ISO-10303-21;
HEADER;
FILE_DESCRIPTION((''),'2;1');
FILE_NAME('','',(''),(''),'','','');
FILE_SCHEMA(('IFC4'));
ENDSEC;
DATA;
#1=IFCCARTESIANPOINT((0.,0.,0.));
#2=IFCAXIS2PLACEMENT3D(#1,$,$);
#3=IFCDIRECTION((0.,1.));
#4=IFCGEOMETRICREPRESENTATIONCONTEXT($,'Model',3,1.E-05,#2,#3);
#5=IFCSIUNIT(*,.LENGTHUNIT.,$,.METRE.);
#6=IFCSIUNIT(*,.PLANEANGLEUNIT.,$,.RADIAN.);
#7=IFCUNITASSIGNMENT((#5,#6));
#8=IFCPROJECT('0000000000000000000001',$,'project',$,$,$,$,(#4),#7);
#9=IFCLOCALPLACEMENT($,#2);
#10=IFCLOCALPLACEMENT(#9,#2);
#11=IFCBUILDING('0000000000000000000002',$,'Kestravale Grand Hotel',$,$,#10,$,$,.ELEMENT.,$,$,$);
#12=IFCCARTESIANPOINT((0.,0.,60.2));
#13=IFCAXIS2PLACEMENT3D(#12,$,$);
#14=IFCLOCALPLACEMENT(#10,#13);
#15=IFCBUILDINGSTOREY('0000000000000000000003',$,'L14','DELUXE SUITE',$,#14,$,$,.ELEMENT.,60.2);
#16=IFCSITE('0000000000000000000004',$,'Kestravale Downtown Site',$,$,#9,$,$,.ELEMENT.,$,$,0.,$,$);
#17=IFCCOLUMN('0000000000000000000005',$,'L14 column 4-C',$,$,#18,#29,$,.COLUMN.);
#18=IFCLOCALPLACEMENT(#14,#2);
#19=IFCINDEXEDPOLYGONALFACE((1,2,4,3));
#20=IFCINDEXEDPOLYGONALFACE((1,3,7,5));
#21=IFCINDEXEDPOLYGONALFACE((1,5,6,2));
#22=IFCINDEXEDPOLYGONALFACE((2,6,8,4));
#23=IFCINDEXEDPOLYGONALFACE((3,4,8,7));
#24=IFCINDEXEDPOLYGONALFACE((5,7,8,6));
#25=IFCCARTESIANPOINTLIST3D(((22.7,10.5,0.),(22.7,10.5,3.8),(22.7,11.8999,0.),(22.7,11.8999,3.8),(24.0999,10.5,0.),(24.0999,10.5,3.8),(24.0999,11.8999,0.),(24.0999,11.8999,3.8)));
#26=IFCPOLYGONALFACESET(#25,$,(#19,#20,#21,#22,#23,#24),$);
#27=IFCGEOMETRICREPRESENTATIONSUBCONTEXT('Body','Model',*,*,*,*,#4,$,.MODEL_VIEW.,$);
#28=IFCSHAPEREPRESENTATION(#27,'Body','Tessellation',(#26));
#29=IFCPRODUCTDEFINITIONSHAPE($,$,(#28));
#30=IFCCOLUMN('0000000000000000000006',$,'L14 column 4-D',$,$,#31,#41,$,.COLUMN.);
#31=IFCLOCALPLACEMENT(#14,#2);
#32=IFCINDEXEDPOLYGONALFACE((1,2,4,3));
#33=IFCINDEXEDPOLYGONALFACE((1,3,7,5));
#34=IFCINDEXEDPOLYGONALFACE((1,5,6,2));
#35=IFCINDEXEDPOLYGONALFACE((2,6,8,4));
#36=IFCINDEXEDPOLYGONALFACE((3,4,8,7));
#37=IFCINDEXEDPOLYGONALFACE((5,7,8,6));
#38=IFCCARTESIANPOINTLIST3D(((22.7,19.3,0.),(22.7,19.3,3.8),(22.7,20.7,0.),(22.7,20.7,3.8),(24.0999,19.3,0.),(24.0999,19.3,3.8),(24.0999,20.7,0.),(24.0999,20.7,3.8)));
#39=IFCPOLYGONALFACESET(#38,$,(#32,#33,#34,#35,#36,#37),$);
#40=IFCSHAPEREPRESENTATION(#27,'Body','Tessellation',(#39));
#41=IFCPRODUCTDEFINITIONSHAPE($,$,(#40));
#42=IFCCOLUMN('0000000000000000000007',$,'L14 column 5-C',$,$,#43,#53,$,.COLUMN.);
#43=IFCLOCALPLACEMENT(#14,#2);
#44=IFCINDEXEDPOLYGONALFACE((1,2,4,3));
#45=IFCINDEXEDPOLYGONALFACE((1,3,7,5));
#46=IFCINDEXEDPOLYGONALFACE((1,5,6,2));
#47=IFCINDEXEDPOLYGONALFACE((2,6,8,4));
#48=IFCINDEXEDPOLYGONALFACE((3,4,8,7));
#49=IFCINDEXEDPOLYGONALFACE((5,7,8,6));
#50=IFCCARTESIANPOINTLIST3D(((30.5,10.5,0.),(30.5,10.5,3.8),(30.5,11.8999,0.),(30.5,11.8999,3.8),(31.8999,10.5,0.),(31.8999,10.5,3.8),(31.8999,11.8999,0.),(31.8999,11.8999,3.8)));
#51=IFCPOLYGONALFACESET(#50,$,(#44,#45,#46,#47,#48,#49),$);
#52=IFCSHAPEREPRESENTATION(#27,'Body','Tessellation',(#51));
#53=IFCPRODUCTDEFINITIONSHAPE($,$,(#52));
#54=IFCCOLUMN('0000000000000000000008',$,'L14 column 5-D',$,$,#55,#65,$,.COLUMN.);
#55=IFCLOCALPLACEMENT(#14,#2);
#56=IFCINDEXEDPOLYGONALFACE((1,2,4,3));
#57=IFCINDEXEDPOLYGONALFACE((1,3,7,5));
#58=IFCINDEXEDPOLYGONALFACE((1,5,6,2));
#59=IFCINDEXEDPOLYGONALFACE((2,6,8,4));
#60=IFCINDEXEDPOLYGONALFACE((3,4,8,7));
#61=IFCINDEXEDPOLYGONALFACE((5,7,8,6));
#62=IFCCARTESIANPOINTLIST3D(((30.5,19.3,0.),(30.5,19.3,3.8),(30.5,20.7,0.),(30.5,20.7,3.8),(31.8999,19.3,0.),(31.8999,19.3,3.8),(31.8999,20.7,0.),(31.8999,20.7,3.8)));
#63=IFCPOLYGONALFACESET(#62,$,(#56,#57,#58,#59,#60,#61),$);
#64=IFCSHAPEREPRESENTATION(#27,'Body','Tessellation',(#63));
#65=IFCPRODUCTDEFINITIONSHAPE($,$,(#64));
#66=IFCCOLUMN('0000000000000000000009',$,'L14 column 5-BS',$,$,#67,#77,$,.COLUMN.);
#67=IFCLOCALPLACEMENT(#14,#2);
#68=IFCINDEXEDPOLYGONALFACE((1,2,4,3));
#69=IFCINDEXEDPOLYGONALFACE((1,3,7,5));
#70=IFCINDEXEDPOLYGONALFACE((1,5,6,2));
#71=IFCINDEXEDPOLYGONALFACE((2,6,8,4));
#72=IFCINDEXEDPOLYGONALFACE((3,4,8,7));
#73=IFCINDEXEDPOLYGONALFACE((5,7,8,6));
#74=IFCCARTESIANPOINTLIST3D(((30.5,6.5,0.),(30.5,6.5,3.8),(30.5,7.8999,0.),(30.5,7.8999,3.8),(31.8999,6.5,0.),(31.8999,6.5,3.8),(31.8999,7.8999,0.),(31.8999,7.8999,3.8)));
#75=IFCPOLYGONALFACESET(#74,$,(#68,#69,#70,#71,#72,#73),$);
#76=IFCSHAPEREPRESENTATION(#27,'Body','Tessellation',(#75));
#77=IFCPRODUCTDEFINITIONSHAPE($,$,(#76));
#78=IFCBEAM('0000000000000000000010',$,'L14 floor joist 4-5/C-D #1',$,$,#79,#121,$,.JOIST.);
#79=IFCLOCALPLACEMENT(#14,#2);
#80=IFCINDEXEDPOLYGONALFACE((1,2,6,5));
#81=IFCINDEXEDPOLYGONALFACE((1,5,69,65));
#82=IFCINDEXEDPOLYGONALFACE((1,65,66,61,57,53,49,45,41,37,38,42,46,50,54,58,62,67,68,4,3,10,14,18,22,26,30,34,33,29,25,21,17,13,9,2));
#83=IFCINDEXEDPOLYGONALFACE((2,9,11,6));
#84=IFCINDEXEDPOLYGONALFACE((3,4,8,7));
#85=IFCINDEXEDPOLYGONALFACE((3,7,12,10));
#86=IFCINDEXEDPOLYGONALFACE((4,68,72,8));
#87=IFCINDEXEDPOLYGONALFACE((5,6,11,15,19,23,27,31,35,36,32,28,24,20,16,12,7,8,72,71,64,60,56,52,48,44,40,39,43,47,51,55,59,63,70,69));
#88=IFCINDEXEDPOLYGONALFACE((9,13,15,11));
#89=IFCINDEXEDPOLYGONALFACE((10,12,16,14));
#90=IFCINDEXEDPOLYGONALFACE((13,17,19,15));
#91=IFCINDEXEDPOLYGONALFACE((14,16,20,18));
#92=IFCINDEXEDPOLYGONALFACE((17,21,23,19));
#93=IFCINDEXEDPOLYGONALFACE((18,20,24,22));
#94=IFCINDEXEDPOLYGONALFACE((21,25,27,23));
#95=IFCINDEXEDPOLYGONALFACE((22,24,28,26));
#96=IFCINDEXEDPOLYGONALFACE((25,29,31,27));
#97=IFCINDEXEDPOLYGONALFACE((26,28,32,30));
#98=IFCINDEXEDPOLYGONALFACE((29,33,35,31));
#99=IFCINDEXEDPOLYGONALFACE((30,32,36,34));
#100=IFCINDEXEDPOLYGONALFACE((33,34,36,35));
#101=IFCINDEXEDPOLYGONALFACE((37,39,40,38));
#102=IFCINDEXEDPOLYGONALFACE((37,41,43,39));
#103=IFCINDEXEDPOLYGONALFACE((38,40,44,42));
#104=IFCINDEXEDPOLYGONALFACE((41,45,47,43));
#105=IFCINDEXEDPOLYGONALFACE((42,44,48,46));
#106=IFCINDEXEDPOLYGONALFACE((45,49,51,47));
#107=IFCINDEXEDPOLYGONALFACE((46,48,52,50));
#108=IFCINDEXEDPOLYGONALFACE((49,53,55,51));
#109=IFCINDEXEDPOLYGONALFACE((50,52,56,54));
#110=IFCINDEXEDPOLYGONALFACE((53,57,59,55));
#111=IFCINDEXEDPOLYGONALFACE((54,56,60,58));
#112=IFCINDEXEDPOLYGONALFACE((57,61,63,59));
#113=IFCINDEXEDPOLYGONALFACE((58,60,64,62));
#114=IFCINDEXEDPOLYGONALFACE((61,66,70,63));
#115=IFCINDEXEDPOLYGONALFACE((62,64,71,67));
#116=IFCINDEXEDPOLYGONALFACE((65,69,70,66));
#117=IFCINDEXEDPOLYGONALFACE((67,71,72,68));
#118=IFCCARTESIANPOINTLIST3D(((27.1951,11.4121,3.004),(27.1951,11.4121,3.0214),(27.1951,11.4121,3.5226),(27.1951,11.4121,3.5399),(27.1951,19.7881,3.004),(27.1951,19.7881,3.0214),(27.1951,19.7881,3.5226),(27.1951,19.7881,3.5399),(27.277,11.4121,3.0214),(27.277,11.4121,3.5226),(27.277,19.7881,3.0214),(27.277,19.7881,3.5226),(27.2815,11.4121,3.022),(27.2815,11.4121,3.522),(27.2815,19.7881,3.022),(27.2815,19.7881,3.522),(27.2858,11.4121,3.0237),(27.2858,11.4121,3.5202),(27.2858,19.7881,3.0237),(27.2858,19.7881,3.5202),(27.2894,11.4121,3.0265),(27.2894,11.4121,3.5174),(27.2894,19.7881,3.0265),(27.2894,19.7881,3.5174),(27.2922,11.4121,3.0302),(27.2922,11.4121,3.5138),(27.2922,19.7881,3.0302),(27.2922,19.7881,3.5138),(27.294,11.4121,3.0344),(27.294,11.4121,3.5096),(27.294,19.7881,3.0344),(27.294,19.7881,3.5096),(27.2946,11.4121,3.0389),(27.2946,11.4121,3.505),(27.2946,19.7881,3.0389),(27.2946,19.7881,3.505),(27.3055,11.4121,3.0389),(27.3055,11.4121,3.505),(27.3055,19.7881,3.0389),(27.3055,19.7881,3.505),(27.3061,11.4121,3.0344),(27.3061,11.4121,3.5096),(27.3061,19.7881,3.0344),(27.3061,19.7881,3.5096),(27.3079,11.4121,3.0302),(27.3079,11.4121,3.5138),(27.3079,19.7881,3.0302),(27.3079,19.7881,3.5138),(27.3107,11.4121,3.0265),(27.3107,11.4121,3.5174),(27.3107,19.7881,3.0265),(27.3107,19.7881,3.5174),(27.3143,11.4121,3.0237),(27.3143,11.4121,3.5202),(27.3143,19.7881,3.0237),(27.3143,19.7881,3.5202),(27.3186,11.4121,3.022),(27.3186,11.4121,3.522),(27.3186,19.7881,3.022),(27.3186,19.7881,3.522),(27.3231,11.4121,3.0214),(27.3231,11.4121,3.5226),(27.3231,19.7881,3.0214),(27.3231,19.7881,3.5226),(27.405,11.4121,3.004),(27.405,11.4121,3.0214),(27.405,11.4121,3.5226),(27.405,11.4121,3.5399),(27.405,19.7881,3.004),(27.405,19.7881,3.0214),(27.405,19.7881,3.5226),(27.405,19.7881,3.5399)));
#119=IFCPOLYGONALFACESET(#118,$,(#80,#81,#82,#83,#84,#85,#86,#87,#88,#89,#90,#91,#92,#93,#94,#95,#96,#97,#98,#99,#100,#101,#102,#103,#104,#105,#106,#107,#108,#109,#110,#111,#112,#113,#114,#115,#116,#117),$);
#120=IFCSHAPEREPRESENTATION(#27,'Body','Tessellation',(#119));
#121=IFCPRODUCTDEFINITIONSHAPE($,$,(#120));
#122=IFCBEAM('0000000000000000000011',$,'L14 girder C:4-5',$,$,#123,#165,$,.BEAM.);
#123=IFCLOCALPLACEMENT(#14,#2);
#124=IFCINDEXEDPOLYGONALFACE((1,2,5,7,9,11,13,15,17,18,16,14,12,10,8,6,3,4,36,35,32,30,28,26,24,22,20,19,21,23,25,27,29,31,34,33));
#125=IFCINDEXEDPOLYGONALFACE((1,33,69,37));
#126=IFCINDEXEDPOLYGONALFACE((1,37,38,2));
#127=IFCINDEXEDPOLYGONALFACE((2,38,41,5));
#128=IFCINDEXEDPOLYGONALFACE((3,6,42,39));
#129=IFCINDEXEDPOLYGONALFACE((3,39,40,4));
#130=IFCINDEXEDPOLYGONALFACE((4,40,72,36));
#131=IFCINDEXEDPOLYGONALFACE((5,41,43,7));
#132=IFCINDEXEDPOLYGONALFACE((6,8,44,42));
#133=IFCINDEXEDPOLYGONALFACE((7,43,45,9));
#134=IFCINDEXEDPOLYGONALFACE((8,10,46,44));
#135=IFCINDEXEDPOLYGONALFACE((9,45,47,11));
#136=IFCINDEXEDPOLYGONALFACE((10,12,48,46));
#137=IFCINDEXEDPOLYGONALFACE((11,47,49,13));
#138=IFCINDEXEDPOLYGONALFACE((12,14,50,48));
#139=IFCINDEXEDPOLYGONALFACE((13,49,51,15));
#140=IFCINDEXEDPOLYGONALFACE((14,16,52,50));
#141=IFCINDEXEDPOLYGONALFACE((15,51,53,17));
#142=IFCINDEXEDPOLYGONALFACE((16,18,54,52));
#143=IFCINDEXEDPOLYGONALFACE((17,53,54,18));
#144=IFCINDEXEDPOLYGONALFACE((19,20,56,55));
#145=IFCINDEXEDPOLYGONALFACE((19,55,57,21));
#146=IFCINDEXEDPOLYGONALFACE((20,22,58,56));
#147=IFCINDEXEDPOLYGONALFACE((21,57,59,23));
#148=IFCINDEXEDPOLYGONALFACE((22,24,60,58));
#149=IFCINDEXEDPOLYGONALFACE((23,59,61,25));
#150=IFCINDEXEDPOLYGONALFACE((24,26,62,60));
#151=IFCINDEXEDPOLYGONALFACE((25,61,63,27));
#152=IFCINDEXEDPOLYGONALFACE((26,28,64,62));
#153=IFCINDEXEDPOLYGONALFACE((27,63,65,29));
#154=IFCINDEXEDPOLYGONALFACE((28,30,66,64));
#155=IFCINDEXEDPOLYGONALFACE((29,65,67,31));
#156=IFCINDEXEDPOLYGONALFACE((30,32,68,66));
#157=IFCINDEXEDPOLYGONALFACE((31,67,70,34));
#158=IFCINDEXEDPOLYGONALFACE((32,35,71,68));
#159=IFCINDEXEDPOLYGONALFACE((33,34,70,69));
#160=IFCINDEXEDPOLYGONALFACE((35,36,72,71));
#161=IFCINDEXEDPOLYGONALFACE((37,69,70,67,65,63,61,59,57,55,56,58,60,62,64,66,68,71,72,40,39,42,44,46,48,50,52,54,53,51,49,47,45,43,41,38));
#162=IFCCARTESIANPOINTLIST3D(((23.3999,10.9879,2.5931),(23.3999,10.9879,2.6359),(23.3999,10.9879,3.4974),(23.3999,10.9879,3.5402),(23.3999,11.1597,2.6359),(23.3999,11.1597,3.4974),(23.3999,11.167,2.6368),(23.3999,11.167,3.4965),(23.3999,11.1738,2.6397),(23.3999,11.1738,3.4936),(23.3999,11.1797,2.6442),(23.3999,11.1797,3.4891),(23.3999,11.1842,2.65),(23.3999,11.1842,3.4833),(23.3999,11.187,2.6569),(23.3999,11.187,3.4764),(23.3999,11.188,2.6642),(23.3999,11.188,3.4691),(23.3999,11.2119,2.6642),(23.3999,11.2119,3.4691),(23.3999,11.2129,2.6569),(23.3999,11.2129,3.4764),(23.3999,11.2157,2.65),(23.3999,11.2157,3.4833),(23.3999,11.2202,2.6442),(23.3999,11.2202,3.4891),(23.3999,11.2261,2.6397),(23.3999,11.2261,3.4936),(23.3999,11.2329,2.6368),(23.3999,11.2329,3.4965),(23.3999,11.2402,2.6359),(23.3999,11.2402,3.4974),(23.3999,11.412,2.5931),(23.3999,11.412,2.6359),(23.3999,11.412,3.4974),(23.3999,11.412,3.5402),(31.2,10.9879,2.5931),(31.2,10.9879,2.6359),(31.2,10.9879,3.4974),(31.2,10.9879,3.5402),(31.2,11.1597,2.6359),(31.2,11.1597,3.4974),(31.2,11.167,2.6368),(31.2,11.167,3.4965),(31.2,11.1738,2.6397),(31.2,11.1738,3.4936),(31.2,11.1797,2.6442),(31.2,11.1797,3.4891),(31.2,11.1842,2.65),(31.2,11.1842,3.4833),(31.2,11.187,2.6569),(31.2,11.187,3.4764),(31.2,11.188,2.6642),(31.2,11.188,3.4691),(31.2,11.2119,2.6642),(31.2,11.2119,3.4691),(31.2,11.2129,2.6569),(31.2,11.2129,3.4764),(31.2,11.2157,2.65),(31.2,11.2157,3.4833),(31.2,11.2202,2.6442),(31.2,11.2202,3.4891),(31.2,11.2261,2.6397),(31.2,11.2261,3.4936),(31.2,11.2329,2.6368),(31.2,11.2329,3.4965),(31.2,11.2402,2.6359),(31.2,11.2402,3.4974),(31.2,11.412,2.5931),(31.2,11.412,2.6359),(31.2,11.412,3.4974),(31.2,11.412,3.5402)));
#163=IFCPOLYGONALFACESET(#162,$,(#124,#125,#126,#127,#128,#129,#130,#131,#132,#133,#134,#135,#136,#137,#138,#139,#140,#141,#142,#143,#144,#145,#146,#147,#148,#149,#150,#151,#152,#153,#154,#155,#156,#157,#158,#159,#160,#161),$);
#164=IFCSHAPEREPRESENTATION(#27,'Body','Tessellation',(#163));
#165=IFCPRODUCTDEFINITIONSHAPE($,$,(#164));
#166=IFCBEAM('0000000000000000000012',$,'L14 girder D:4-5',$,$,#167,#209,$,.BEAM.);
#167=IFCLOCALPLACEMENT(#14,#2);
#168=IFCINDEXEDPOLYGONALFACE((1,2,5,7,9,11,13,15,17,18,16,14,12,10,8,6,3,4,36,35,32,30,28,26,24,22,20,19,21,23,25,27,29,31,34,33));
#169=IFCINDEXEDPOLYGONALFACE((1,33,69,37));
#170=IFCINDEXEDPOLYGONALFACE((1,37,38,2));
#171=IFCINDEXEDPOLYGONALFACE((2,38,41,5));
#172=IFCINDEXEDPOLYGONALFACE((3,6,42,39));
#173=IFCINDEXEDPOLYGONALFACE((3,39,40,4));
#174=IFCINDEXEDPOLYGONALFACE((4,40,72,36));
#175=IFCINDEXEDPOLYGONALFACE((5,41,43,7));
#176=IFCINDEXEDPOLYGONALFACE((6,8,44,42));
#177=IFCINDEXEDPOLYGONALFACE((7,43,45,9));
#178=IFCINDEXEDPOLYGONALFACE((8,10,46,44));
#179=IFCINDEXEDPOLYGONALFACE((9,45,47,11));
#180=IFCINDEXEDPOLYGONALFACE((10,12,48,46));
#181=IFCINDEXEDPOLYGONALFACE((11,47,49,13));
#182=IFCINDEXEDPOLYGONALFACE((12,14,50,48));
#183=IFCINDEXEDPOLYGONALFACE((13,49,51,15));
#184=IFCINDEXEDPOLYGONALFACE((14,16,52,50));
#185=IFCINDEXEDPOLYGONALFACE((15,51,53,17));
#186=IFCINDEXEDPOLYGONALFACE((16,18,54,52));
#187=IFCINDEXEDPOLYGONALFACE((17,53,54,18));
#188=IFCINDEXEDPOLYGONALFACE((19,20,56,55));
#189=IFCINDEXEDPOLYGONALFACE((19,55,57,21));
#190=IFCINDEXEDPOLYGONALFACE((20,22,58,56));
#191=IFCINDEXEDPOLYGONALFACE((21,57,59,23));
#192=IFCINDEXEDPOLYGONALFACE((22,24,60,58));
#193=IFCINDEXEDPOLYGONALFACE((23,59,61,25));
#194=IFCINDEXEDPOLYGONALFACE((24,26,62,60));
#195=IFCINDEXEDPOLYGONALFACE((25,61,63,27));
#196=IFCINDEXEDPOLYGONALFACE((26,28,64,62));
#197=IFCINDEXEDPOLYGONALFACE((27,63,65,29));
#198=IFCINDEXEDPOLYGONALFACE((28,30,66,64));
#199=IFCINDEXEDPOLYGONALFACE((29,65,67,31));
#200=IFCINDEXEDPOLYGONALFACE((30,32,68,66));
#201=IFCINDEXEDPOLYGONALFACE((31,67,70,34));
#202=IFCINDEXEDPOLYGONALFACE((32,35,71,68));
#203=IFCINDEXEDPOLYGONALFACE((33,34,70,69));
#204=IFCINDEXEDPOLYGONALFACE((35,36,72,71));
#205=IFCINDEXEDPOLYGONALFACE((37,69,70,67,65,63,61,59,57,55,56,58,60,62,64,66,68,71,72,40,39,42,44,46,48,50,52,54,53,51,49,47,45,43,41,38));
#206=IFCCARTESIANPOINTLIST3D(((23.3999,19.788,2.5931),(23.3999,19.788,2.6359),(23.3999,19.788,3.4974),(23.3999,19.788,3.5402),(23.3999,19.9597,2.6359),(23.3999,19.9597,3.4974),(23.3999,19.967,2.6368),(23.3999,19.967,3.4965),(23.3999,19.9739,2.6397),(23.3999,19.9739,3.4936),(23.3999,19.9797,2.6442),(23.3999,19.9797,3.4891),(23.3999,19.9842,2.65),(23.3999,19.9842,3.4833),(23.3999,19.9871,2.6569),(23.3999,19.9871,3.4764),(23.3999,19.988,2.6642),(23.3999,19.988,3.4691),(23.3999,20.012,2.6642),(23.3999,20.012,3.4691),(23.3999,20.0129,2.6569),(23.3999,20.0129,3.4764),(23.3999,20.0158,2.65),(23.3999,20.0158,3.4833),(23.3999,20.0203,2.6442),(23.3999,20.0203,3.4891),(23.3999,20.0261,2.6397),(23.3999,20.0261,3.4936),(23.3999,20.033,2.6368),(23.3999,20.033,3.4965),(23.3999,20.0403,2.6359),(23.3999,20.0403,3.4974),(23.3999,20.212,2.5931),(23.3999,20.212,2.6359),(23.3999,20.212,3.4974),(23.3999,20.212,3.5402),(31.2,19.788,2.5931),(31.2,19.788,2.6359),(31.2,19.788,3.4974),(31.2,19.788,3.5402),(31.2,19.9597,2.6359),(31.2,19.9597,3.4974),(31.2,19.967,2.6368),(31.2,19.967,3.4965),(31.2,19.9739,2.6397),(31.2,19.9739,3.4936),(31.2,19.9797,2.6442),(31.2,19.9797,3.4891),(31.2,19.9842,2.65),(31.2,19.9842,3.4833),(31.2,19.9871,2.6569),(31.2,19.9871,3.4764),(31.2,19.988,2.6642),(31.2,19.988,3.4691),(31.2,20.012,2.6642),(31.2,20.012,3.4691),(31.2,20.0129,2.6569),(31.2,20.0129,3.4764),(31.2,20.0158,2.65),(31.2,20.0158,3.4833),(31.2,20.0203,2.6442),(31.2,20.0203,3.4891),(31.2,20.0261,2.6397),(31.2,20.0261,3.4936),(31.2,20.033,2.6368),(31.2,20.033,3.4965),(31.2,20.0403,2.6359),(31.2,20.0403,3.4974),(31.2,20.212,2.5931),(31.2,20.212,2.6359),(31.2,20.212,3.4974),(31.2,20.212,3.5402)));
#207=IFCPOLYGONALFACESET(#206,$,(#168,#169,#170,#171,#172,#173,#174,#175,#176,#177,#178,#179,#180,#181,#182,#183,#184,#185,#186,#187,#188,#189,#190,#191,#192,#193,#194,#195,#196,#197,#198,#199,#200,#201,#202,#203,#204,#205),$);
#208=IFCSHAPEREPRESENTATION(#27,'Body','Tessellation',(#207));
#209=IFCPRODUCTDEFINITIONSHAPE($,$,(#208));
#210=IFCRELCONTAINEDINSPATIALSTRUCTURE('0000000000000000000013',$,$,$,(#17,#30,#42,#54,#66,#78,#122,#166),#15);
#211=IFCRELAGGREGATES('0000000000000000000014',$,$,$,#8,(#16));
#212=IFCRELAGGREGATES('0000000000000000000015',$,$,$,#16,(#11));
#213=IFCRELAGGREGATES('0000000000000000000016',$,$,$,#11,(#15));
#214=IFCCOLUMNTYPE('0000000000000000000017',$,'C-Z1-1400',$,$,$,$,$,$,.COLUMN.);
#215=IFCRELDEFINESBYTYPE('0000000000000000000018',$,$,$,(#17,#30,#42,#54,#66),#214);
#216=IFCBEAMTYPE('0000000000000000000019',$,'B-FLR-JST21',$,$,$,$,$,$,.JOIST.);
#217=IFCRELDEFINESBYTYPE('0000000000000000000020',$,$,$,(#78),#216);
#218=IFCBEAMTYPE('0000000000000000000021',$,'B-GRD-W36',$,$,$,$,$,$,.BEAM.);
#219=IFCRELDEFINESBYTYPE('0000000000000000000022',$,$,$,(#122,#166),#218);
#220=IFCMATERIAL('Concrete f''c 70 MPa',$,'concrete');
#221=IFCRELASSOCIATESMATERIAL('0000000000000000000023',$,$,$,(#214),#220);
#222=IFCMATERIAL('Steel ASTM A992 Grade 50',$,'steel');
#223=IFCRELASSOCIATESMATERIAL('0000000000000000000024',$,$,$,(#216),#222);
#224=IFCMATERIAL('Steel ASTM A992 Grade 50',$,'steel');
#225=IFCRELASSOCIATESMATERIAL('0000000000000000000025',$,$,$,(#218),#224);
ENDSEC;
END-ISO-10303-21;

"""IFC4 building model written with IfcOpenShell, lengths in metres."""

from ifc_helpers import new_model, si_unit, direction, frame, origin, origin_2d, place, context, subcontext, project, spatial, rectangle, i_section, extrude, material, material_profile, profile_set, type_object, element, save


model = new_model("IFC4")

# Units and contexts
model_context = context("Model", 3, precision=1e-05, world=origin(), true_north=direction((0.0, 1.0)))
body_context = subcontext(model_context, "Body", "Model", "MODEL_VIEW")
ifc_project = project(units=[si_unit("LENGTHUNIT", "METRE"), si_unit("PLANEANGLEUNIT", "RADIAN")], contexts=[model_context])

# Site, building, storey
site_placement = place(None, origin())
site = spatial("IfcSite", under=ifc_project, at=site_placement, Name="Kestravale Downtown Site", CompositionType="ELEMENT", RefElevation=0.0)
building_placement = place(site_placement, origin())
building = spatial("IfcBuilding", under=site, at=building_placement, Name="Kestravale Grand Hotel", CompositionType="ELEMENT")
storey_placement = place(building_placement, frame((0.0, 0.0, 60.2)))
storey = spatial("IfcBuildingStorey", under=building, at=storey_placement, Name="L14", Description="DELUXE SUITE", CompositionType="ELEMENT", Elevation=60.2)

# Columns
ifc_material_1 = material(Name="Concrete f'c 70 MPa", Category="concrete")
ifc_material_profile_1 = material_profile(ifc_material_1, rectangle(XDim=1.3999, YDim=1.3999, at=origin_2d()))
ifc_profile_set_1 = profile_set([ifc_material_profile_1], Name="Concrete f'c 70 MPa")
column_type = type_object("IfcColumnType", Name="C-Z1-1400", PredefinedType="COLUMN", material=ifc_profile_set_1)
for number, where, z_axis, x_axis, name in (
    (1, (23.3999, 11.2, 0.0), (0.0, 0.0, 1.0), (1.0, 0.0, 0.0), "L14 column 4-C"),
    (2, (23.3999, 20.0, 0.0), (0.0, 0.0, 1.0), (1.0, 0.0, 0.0), "L14 column 4-D"),
    (3, (31.2, 11.2, 0.0), (0.0, 0.0, 1.0), (1.0, 0.0, 0.0), "L14 column 5-C"),
    (4, (31.2, 20.0, 0.0), (0.0, 0.0, 1.0), (1.0, 0.0, 0.0), "L14 column 5-D"),
    (5, (31.2, 7.2, 0.0), (0.0, 0.0, 1.0), (1.0, 0.0, 0.0), "L14 column 5-BS"),
):
    element("IfcColumn", number, at=place(storey_placement, frame(where, z_axis=z_axis, x_axis=x_axis)), inside=storey, type_object=column_type, Name=name, PredefinedType="COLUMN", context=body_context, shape_type="SweptSolid", body=[
        extrude(rectangle(XDim=1.3999, YDim=1.3999, at=origin_2d()), origin(), (0.0, 0.0, 1.0), 3.8),
    ])

# Beams
ifc_material_2 = material(Name="Steel ASTM A992 Grade 50", Category="steel")
ifc_material_profile_2 = material_profile(ifc_material_2, i_section(OverallWidth=0.21, OverallDepth=0.5359, WebThickness=0.011, FlangeThickness=0.0173, FilletRadius=0.0176, at=origin_2d()))
ifc_profile_set_2 = profile_set([ifc_material_profile_2], Name="Steel ASTM A992 Grade 50")
beam_type_1 = type_object("IfcBeamType", Name="B-FLR-JST21", PredefinedType="JOIST", material=ifc_profile_set_2)
beam_1_placement = place(storey_placement, frame((27.3, 11.4121, 3.272), z_axis=(0.0, 1.0, 0.0), x_axis=(-1.0, 0.0, 0.0)))
element("IfcBeam", 6, at=beam_1_placement, inside=storey, type_object=beam_type_1, Name="L14 floor joist 4-5/C-D #1", PredefinedType="JOIST", context=body_context, shape_type="SweptSolid", body=[
    extrude(i_section(OverallWidth=0.21, OverallDepth=0.5359, WebThickness=0.011, FlangeThickness=0.0173, FilletRadius=0.0176, at=origin_2d()), origin(), (0.0, 0.0, 1.0), 8.376),
])
ifc_material_3 = material(Name="Steel ASTM A992 Grade 50", Category="steel")
ifc_material_profile_3 = material_profile(ifc_material_3, i_section(OverallWidth=0.4241, OverallDepth=0.947, WebThickness=0.0239, FlangeThickness=0.0427, FilletRadius=0.0283, at=origin_2d()))
ifc_profile_set_3 = profile_set([ifc_material_profile_3], Name="Steel ASTM A992 Grade 50")
beam_type_2 = type_object("IfcBeamType", Name="B-GRD-W36", PredefinedType="BEAM", material=ifc_profile_set_3)
for number, where, z_axis, x_axis, name in (
    (7, (23.3999, 11.2, 3.0667), (1.0, 0.0, 0.0), (0.0, 1.0, 0.0), "L14 girder C:4-5"),
    (8, (23.3999, 20.0, 3.0667), (1.0, 0.0, 0.0), (0.0, 1.0, 0.0), "L14 girder D:4-5"),
):
    element("IfcBeam", number, at=place(storey_placement, frame(where, z_axis=z_axis, x_axis=x_axis)), inside=storey, type_object=beam_type_2, Name=name, PredefinedType="BEAM", context=body_context, shape_type="SweptSolid", body=[
        extrude(i_section(OverallWidth=0.4241, OverallDepth=0.947, WebThickness=0.0239, FlangeThickness=0.0427, FilletRadius=0.0283, at=origin_2d()), origin(), (0.0, 0.0, 1.0), 7.8),
    ])

save(model, "model.ifc")
